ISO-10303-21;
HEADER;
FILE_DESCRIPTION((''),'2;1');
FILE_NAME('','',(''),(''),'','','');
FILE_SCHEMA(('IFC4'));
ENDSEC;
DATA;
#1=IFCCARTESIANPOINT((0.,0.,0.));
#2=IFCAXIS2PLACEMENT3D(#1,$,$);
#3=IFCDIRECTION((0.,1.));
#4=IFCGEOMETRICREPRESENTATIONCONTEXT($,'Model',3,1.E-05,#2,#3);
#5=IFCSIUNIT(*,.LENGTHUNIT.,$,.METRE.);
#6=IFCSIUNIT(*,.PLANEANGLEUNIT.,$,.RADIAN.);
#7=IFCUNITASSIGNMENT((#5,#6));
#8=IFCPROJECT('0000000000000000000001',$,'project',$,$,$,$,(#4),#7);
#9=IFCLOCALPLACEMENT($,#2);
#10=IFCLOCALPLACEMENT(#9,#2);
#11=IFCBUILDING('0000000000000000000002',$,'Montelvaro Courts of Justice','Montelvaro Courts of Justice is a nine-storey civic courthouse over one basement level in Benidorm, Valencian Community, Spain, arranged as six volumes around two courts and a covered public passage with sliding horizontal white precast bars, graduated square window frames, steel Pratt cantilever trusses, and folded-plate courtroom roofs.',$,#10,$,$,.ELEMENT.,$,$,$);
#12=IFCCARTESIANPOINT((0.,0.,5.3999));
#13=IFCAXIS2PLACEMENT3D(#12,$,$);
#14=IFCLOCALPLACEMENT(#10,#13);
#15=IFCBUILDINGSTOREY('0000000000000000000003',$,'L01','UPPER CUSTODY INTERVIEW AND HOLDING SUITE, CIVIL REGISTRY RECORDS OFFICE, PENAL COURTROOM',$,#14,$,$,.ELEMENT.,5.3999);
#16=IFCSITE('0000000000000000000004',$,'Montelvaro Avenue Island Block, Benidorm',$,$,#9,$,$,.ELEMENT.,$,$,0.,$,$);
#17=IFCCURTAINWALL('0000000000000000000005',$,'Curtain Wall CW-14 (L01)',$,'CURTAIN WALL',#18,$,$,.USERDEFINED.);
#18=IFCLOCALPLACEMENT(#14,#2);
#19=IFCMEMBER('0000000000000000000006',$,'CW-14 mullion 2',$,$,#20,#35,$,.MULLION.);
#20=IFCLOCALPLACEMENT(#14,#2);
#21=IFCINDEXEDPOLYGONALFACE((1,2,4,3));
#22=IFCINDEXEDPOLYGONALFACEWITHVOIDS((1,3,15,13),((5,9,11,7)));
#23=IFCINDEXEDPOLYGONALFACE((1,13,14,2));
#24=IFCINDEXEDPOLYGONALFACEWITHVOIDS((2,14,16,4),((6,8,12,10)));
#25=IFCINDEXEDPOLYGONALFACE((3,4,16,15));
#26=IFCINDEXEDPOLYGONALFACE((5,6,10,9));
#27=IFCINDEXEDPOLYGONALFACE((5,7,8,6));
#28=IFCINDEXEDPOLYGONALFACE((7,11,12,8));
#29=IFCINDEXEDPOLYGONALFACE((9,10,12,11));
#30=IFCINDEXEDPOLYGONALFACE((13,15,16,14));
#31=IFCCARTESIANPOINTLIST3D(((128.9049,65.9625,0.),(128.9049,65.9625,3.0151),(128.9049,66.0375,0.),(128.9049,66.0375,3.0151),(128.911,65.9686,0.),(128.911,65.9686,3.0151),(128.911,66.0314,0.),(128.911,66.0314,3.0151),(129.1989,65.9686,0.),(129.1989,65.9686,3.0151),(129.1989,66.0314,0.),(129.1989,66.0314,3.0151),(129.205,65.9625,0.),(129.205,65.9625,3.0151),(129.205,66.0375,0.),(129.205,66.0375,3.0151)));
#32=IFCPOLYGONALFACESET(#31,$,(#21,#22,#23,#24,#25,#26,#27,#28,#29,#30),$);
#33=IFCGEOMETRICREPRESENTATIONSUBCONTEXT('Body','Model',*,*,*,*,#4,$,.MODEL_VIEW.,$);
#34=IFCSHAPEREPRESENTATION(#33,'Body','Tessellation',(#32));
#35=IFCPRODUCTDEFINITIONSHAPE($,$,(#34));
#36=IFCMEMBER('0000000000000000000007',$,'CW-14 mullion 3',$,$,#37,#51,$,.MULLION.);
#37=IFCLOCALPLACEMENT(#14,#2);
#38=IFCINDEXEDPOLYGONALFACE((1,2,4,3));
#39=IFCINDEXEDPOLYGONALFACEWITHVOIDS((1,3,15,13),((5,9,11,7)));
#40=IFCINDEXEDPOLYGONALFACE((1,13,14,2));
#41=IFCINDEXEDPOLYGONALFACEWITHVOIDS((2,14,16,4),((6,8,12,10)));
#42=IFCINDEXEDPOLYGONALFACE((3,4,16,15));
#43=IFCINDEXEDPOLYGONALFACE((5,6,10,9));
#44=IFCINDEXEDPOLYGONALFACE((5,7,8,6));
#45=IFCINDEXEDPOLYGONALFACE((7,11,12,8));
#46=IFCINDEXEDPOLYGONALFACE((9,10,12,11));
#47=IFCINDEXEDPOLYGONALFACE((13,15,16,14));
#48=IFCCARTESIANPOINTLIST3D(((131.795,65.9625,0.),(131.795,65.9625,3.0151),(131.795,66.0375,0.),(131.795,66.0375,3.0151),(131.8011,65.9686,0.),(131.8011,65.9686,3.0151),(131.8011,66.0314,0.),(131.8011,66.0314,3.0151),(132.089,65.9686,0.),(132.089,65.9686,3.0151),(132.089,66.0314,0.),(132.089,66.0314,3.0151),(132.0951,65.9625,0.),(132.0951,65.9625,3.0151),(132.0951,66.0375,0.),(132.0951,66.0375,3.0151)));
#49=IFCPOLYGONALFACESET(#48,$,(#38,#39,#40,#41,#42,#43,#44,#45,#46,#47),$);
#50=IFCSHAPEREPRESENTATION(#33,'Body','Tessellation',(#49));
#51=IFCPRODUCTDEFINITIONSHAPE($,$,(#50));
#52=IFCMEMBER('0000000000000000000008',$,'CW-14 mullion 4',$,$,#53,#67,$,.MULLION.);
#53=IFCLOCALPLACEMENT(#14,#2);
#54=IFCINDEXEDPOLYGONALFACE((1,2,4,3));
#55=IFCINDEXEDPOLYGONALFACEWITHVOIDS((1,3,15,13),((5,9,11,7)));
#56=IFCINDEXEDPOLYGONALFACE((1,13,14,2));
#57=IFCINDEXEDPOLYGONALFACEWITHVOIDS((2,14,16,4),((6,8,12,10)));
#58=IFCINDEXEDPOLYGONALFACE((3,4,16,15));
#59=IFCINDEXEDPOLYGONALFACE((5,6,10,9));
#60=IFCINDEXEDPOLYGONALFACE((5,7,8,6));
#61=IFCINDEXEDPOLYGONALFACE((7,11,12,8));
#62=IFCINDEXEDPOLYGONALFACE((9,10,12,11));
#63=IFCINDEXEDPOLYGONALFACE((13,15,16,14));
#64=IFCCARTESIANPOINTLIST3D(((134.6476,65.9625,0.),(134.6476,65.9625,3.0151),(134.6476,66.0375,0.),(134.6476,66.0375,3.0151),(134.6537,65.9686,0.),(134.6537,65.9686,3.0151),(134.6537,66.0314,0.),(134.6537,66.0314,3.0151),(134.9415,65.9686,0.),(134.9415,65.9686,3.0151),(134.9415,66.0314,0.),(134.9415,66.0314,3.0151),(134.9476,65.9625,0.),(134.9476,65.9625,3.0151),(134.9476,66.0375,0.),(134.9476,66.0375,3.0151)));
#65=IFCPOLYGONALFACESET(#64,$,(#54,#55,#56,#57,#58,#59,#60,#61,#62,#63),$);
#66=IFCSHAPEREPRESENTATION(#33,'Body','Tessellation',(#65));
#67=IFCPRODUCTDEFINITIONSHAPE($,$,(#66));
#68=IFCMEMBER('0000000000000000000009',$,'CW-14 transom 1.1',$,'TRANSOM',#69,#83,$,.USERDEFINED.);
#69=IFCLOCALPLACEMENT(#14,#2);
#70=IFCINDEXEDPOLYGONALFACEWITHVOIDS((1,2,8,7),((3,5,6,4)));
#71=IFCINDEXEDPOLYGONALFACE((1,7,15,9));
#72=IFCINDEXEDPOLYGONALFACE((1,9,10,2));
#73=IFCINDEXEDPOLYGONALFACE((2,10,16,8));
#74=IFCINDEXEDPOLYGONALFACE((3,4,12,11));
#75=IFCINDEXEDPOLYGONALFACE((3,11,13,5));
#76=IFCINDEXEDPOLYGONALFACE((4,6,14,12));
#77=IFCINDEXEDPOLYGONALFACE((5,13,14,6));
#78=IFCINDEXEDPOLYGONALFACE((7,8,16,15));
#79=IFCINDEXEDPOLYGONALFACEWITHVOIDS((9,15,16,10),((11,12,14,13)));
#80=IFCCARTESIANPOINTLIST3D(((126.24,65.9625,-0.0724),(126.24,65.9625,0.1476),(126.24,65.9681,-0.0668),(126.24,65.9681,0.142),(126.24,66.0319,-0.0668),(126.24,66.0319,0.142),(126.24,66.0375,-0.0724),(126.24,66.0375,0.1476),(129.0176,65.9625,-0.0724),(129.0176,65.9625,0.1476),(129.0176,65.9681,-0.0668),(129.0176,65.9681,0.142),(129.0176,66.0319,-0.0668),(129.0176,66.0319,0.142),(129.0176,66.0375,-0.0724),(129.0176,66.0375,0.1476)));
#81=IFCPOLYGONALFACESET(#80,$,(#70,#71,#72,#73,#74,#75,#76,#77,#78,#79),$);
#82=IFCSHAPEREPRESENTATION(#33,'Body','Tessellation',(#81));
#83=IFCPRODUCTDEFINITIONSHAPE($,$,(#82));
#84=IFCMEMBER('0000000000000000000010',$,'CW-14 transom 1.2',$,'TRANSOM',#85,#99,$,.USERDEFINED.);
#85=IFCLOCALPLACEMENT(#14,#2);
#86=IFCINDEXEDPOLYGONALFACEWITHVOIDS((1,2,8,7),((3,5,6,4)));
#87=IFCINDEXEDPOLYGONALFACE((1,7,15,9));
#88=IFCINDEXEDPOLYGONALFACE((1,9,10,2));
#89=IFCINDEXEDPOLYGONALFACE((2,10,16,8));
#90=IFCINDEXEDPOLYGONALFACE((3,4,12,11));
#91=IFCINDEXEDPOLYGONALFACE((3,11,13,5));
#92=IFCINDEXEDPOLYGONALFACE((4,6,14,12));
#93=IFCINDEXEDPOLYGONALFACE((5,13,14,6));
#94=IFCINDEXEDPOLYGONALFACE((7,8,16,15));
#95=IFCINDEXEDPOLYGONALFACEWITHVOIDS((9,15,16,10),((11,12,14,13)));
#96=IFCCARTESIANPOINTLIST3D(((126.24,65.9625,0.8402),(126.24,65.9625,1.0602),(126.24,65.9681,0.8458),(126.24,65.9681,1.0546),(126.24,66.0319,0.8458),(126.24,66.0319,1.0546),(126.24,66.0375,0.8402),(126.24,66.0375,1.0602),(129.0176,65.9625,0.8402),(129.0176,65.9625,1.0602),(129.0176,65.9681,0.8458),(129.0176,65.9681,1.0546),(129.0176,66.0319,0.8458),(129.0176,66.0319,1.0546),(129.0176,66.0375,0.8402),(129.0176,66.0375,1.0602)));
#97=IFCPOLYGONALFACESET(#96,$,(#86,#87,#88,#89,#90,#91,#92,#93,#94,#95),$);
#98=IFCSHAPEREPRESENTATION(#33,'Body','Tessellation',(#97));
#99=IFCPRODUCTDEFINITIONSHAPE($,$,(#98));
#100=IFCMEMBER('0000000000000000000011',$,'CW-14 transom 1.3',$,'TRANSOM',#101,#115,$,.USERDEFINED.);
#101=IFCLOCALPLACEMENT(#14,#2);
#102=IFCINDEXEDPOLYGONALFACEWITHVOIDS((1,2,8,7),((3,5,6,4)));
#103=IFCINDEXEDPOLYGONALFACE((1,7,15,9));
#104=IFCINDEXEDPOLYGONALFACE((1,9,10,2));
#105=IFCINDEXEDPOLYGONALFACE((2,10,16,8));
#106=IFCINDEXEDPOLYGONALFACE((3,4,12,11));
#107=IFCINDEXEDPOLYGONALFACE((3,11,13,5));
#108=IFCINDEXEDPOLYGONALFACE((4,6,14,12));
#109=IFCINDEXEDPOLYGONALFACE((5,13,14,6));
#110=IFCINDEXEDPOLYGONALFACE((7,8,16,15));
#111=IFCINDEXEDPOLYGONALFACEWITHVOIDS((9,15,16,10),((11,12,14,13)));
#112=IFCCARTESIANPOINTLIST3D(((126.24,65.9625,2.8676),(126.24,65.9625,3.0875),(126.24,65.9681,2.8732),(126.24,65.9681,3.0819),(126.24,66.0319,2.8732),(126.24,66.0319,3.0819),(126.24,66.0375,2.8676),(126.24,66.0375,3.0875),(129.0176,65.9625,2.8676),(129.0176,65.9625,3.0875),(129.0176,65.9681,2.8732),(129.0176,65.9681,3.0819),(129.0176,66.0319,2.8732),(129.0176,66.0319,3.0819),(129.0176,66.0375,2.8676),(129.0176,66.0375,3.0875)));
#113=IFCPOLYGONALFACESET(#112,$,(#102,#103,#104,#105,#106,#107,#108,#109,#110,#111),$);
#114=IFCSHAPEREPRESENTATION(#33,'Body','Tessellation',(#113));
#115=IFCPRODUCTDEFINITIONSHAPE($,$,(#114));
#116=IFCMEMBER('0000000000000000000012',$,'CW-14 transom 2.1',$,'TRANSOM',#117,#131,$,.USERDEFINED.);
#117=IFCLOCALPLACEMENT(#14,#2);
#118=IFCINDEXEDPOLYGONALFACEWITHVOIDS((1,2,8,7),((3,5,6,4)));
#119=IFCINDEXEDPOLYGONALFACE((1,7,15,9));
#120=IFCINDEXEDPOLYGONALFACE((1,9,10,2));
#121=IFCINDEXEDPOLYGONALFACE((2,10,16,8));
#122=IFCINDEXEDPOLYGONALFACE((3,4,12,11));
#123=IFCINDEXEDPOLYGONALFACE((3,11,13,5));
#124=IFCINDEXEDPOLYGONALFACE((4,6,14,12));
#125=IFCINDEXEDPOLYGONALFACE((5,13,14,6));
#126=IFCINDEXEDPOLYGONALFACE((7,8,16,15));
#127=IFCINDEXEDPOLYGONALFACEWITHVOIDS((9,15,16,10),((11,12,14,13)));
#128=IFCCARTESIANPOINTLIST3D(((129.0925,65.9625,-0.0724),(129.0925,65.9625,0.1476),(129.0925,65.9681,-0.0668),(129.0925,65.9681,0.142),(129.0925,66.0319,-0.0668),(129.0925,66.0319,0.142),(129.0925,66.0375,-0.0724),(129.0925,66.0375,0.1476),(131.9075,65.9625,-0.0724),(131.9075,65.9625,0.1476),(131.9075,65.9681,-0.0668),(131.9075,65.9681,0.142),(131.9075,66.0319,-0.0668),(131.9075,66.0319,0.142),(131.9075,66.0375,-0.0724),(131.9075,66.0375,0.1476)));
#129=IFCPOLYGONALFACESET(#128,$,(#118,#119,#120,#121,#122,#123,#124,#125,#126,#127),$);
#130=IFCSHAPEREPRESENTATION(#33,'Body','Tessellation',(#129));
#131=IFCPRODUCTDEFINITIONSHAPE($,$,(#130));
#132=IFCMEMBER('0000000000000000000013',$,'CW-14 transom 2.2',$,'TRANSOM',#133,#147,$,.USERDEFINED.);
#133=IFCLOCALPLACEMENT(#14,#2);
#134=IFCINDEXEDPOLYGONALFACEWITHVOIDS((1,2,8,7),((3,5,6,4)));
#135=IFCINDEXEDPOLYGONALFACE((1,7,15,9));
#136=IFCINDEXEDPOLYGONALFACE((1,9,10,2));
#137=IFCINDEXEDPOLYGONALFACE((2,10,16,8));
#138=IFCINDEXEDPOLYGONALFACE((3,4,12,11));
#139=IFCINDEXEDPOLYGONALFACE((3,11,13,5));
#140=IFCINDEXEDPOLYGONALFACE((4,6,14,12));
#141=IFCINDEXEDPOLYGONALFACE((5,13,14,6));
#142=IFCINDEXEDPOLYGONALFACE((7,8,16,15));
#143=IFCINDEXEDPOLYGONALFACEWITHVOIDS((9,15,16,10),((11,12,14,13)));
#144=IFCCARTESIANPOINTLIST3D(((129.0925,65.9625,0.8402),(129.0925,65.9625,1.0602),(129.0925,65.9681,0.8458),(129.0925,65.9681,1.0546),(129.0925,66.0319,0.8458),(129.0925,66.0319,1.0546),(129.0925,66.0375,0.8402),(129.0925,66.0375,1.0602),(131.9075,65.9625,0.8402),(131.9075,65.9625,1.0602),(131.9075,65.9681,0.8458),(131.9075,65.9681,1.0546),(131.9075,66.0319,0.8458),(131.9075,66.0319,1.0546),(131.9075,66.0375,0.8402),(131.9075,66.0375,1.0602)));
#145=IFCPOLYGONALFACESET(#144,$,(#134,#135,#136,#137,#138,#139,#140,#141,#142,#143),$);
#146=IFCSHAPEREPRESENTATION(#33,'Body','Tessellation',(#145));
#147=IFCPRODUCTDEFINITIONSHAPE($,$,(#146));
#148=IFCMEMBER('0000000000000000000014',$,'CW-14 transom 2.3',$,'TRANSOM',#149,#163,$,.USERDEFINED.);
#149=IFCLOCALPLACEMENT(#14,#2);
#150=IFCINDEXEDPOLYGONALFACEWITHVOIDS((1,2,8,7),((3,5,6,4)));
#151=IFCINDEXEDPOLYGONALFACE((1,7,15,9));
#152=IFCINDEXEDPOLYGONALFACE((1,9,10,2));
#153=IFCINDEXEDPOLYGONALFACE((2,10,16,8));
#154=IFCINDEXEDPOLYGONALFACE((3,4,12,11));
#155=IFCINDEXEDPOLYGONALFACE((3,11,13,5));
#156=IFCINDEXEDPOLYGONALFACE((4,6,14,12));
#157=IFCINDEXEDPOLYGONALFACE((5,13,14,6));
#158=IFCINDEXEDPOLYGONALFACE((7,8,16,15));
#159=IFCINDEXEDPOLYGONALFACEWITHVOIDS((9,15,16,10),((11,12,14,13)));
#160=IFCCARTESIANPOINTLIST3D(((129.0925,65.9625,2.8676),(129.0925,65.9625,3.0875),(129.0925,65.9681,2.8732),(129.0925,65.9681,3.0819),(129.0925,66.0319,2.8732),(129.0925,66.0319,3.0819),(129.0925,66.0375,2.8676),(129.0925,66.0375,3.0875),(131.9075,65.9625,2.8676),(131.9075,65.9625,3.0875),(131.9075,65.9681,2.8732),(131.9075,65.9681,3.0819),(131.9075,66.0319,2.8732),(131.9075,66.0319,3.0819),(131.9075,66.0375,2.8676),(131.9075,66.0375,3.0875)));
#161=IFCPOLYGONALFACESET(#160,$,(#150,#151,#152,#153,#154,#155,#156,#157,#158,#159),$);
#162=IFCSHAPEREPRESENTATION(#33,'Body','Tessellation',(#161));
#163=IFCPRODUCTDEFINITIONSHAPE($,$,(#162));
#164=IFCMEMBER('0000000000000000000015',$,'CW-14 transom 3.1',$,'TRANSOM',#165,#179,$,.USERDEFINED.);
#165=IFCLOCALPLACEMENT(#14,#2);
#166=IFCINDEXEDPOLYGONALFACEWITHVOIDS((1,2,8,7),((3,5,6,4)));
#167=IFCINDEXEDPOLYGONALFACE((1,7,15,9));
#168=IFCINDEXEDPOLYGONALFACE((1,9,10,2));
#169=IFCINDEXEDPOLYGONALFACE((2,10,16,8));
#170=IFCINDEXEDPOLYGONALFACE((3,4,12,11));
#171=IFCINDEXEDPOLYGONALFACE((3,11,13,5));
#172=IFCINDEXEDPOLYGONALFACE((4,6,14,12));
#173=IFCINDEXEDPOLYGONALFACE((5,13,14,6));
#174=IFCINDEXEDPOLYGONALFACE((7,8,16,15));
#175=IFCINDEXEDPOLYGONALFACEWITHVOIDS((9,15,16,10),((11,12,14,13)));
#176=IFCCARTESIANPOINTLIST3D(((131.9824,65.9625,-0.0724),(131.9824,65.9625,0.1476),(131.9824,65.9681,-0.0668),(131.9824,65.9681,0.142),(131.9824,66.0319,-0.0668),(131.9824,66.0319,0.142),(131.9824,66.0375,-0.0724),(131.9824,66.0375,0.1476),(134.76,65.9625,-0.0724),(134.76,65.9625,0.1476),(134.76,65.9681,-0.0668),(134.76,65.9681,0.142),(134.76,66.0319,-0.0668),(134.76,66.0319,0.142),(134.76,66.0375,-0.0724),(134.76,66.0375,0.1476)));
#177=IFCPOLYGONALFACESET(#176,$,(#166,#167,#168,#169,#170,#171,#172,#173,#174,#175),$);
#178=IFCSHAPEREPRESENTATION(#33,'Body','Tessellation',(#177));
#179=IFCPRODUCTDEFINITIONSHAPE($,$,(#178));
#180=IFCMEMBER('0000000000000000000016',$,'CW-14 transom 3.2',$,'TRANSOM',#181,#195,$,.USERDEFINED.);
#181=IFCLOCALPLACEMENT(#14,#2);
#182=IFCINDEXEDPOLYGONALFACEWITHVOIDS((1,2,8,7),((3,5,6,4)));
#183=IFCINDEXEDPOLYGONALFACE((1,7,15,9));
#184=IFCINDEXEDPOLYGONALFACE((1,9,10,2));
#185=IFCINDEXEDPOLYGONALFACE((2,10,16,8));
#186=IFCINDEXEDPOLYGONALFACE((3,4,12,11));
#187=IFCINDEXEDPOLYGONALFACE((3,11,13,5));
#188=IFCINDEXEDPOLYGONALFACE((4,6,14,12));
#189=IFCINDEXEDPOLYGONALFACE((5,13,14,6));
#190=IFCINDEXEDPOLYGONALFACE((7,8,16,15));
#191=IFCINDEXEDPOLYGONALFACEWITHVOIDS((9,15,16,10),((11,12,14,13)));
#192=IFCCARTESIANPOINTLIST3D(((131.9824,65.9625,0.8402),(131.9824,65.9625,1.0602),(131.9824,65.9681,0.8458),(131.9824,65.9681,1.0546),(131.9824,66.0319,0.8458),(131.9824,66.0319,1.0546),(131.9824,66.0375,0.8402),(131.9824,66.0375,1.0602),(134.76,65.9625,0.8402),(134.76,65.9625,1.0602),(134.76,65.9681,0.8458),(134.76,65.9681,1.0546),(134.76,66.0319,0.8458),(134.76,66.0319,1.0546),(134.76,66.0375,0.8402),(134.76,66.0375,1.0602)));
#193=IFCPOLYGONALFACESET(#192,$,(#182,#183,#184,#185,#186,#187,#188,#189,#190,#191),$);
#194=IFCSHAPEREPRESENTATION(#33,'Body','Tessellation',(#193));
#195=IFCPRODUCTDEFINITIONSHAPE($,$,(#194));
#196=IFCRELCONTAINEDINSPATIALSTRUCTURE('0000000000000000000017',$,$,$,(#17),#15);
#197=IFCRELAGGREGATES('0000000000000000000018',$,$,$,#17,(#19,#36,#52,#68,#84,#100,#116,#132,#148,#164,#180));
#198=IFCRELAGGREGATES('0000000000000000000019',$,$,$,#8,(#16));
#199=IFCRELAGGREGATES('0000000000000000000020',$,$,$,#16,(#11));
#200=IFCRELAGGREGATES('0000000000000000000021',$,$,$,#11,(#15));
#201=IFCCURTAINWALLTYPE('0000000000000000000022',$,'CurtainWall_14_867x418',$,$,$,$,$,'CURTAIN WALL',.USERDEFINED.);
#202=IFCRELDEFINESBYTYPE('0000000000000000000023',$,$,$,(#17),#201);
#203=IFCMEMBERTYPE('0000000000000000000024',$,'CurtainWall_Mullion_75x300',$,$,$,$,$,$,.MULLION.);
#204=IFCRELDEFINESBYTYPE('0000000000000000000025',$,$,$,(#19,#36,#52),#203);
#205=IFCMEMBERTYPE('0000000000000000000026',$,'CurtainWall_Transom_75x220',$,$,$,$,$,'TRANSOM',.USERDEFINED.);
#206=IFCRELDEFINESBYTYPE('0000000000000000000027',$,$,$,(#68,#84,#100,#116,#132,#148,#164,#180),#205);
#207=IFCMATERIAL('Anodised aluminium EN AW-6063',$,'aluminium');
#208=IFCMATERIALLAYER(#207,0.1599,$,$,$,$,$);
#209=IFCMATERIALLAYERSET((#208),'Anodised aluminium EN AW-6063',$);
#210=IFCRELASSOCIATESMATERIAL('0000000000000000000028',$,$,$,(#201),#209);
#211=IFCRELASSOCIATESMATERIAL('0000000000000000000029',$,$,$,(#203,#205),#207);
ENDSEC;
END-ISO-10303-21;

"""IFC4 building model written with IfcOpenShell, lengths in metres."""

from ifc_helpers import new_model, si_unit, direction, frame, origin, origin_2d, place, context, subcontext, project, spatial, hollow_rectangle, extrude, material, layer, layer_set, material_profile, profile_set, type_object, element, aggregate, save


model = new_model("IFC4")

# Units and contexts
model_context = context("Model", 3, precision=1e-05, world=origin(), true_north=direction((0.0, 1.0)))
body_context = subcontext(model_context, "Body", "Model", "MODEL_VIEW")
ifc_project = project(units=[si_unit("LENGTHUNIT", "METRE"), si_unit("PLANEANGLEUNIT", "RADIAN")], contexts=[model_context])

# Site, building, storey
site_placement = place(None, origin())
site = spatial("IfcSite", under=ifc_project, at=site_placement, Name="Montelvaro Avenue Island Block, Benidorm", CompositionType="ELEMENT", RefElevation=0.0)
building_placement = place(site_placement, origin())
building = spatial("IfcBuilding", under=site, at=building_placement, Name="Montelvaro Courts of Justice", Description="Montelvaro Courts of Justice is a nine-storey civic courthouse over one basement level in Benidorm, Valencian Community, Spain, arranged as six volumes around two courts and a covered public passage with sliding horizontal white precast bars, graduated square window frames, steel Pratt cantilever trusses, and folded-plate courtroom roofs.", CompositionType="ELEMENT")
storey_placement = place(building_placement, frame((0.0, 0.0, 5.3999)))
storey = spatial("IfcBuildingStorey", under=building, at=storey_placement, Name="L01", Description="UPPER CUSTODY INTERVIEW AND HOLDING SUITE, CIVIL REGISTRY RECORDS OFFICE, PENAL COURTROOM", CompositionType="ELEMENT", Elevation=5.3999)

# Curtain wall, members
ifc_material_1 = material(Name="Anodised aluminium EN AW-6063", Category="aluminium")
ifc_layer_1 = layer(ifc_material_1, 0.1599)
ifc_layer_set_1 = layer_set([ifc_layer_1], Name="Anodised aluminium EN AW-6063")
curtain_wall_type = type_object("IfcCurtainWallType", Name="CurtainWall_14_867x418", ElementType="CURTAIN WALL", PredefinedType="USERDEFINED", material=ifc_layer_set_1)
curtain_wall_placement = place(storey_placement, origin())
curtain_wall = element("IfcCurtainWall", 1, at=curtain_wall_placement, inside=storey, type_object=curtain_wall_type, Name="Curtain Wall CW-14 (L01)", ObjectType="CURTAIN WALL", PredefinedType="USERDEFINED")
ifc_material_profile_1 = material_profile(ifc_material_1, hollow_rectangle(XDim=0.075, YDim=0.3, WallThickness=0.0061, at=origin_2d()), Name="ALU-M 75x300")
ifc_profile_set_1 = profile_set([ifc_material_profile_1], Name="Anodised aluminium EN AW-6063")
member_type_1 = type_object("IfcMemberType", Name="CurtainWall_Mullion_75x300", PredefinedType="MULLION", material=ifc_profile_set_1)
member_1_placement = place(storey_placement, frame((129.0549, 66.0, 0.0), z_axis=(0.0, 0.0, 1.0), x_axis=(0.0, 1.0, 0.0)))
member_1 = element("IfcMember", 2, at=member_1_placement, type_object=member_type_1, Name="CW-14 mullion 2", PredefinedType="MULLION", context=body_context, shape_type="SweptSolid", body=[
    extrude(hollow_rectangle(XDim=0.075, YDim=0.3, WallThickness=0.0061, at=origin_2d()), origin(), (0.0, 0.0, 1.0), 3.0151),
])
member_2_placement = place(storey_placement, frame((131.9451, 66.0, 0.0), z_axis=(0.0, 0.0, 1.0), x_axis=(0.0, 1.0, 0.0)))
member_2 = element("IfcMember", 3, at=member_2_placement, type_object=member_type_1, Name="CW-14 mullion 3", PredefinedType="MULLION", context=body_context, shape_type="SweptSolid", body=[
    extrude(hollow_rectangle(XDim=0.075, YDim=0.3, WallThickness=0.0061, at=origin_2d()), origin(), (0.0, 0.0, 1.0), 3.0151),
])
member_3_placement = place(storey_placement, frame((134.7976, 66.0, 0.0), z_axis=(0.0, 0.0, 1.0), x_axis=(0.0, 1.0, 0.0)))
member_3 = element("IfcMember", 4, at=member_3_placement, type_object=member_type_1, Name="CW-14 mullion 4", PredefinedType="MULLION", context=body_context, shape_type="SweptSolid", body=[
    extrude(hollow_rectangle(XDim=0.075, YDim=0.3, WallThickness=0.0061, at=origin_2d()), origin(), (0.0, 0.0, 1.0), 3.0151),
])
ifc_material_profile_2 = material_profile(ifc_material_1, hollow_rectangle(XDim=0.075, YDim=0.22, WallThickness=0.0056, at=origin_2d()), Name="ALU-T 75x220")
ifc_profile_set_2 = profile_set([ifc_material_profile_2], Name="Anodised aluminium EN AW-6063")
member_type_2 = type_object("IfcMemberType", Name="CurtainWall_Transom_75x220", ElementType="TRANSOM", PredefinedType="USERDEFINED", material=ifc_profile_set_2)
member_4_placement = place(storey_placement, frame((126.24, 66.0, 0.0376), z_axis=(1.0, 0.0, 0.0), x_axis=(0.0, 1.0, 0.0)))
member_4 = element("IfcMember", 5, at=member_4_placement, type_object=member_type_2, Name="CW-14 transom 1.1", ObjectType="TRANSOM", PredefinedType="USERDEFINED", context=body_context, shape_type="SweptSolid", body=[
    extrude(hollow_rectangle(XDim=0.075, YDim=0.22, WallThickness=0.0056, at=origin_2d()), origin(), (0.0, 0.0, 1.0), 2.7776),
])
member_5_placement = place(storey_placement, frame((126.24, 66.0, 0.9502), z_axis=(1.0, 0.0, 0.0), x_axis=(0.0, 1.0, 0.0)))
member_5 = element("IfcMember", 6, at=member_5_placement, type_object=member_type_2, Name="CW-14 transom 1.2", ObjectType="TRANSOM", PredefinedType="USERDEFINED", context=body_context, shape_type="SweptSolid", body=[
    extrude(hollow_rectangle(XDim=0.075, YDim=0.22, WallThickness=0.0056, at=origin_2d()), origin(), (0.0, 0.0, 1.0), 2.7776),
])
member_6_placement = place(storey_placement, frame((126.24, 66.0, 2.9775), z_axis=(1.0, 0.0, 0.0), x_axis=(0.0, 1.0, 0.0)))
member_6 = element("IfcMember", 7, at=member_6_placement, type_object=member_type_2, Name="CW-14 transom 1.3", ObjectType="TRANSOM", PredefinedType="USERDEFINED", context=body_context, shape_type="SweptSolid", body=[
    extrude(hollow_rectangle(XDim=0.075, YDim=0.22, WallThickness=0.0056, at=origin_2d()), origin(), (0.0, 0.0, 1.0), 2.7776),
])
member_7_placement = place(storey_placement, frame((129.0925, 66.0, 0.0376), z_axis=(1.0, 0.0, 0.0), x_axis=(0.0, 1.0, 0.0)))
member_7 = element("IfcMember", 8, at=member_7_placement, type_object=member_type_2, Name="CW-14 transom 2.1", ObjectType="TRANSOM", PredefinedType="USERDEFINED", context=body_context, shape_type="SweptSolid", body=[
    extrude(hollow_rectangle(XDim=0.075, YDim=0.22, WallThickness=0.0056, at=origin_2d()), origin(), (0.0, 0.0, 1.0), 2.8149),
])
member_8_placement = place(storey_placement, frame((129.0925, 66.0, 0.9502), z_axis=(1.0, 0.0, 0.0), x_axis=(0.0, 1.0, 0.0)))
member_8 = element("IfcMember", 9, at=member_8_placement, type_object=member_type_2, Name="CW-14 transom 2.2", ObjectType="TRANSOM", PredefinedType="USERDEFINED", context=body_context, shape_type="SweptSolid", body=[
    extrude(hollow_rectangle(XDim=0.075, YDim=0.22, WallThickness=0.0056, at=origin_2d()), origin(), (0.0, 0.0, 1.0), 2.8149),
])
member_9_placement = place(storey_placement, frame((129.0925, 66.0, 2.9775), z_axis=(1.0, 0.0, 0.0), x_axis=(0.0, 1.0, 0.0)))
member_9 = element("IfcMember", 10, at=member_9_placement, type_object=member_type_2, Name="CW-14 transom 2.3", ObjectType="TRANSOM", PredefinedType="USERDEFINED", context=body_context, shape_type="SweptSolid", body=[
    extrude(hollow_rectangle(XDim=0.075, YDim=0.22, WallThickness=0.0056, at=origin_2d()), origin(), (0.0, 0.0, 1.0), 2.8149),
])
member_10_placement = place(storey_placement, frame((131.9824, 66.0, 0.0376), z_axis=(1.0, 0.0, 0.0), x_axis=(0.0, 1.0, 0.0)))
member_10 = element("IfcMember", 11, at=member_10_placement, type_object=member_type_2, Name="CW-14 transom 3.1", ObjectType="TRANSOM", PredefinedType="USERDEFINED", context=body_context, shape_type="SweptSolid", body=[
    extrude(hollow_rectangle(XDim=0.075, YDim=0.22, WallThickness=0.0056, at=origin_2d()), origin(), (0.0, 0.0, 1.0), 2.7776),
])
member_11_placement = place(storey_placement, frame((131.9824, 66.0, 0.9502), z_axis=(1.0, 0.0, 0.0), x_axis=(0.0, 1.0, 0.0)))
member_11 = element("IfcMember", 12, at=member_11_placement, type_object=member_type_2, Name="CW-14 transom 3.2", ObjectType="TRANSOM", PredefinedType="USERDEFINED", context=body_context, shape_type="SweptSolid", body=[
    extrude(hollow_rectangle(XDim=0.075, YDim=0.22, WallThickness=0.0056, at=origin_2d()), origin(), (0.0, 0.0, 1.0), 2.7776),
])

aggregate(curtain_wall, [member_1, member_2, member_3, member_4, member_5, member_6, member_7, member_8, member_9, member_10, member_11])

save(model, "model.ifc")
